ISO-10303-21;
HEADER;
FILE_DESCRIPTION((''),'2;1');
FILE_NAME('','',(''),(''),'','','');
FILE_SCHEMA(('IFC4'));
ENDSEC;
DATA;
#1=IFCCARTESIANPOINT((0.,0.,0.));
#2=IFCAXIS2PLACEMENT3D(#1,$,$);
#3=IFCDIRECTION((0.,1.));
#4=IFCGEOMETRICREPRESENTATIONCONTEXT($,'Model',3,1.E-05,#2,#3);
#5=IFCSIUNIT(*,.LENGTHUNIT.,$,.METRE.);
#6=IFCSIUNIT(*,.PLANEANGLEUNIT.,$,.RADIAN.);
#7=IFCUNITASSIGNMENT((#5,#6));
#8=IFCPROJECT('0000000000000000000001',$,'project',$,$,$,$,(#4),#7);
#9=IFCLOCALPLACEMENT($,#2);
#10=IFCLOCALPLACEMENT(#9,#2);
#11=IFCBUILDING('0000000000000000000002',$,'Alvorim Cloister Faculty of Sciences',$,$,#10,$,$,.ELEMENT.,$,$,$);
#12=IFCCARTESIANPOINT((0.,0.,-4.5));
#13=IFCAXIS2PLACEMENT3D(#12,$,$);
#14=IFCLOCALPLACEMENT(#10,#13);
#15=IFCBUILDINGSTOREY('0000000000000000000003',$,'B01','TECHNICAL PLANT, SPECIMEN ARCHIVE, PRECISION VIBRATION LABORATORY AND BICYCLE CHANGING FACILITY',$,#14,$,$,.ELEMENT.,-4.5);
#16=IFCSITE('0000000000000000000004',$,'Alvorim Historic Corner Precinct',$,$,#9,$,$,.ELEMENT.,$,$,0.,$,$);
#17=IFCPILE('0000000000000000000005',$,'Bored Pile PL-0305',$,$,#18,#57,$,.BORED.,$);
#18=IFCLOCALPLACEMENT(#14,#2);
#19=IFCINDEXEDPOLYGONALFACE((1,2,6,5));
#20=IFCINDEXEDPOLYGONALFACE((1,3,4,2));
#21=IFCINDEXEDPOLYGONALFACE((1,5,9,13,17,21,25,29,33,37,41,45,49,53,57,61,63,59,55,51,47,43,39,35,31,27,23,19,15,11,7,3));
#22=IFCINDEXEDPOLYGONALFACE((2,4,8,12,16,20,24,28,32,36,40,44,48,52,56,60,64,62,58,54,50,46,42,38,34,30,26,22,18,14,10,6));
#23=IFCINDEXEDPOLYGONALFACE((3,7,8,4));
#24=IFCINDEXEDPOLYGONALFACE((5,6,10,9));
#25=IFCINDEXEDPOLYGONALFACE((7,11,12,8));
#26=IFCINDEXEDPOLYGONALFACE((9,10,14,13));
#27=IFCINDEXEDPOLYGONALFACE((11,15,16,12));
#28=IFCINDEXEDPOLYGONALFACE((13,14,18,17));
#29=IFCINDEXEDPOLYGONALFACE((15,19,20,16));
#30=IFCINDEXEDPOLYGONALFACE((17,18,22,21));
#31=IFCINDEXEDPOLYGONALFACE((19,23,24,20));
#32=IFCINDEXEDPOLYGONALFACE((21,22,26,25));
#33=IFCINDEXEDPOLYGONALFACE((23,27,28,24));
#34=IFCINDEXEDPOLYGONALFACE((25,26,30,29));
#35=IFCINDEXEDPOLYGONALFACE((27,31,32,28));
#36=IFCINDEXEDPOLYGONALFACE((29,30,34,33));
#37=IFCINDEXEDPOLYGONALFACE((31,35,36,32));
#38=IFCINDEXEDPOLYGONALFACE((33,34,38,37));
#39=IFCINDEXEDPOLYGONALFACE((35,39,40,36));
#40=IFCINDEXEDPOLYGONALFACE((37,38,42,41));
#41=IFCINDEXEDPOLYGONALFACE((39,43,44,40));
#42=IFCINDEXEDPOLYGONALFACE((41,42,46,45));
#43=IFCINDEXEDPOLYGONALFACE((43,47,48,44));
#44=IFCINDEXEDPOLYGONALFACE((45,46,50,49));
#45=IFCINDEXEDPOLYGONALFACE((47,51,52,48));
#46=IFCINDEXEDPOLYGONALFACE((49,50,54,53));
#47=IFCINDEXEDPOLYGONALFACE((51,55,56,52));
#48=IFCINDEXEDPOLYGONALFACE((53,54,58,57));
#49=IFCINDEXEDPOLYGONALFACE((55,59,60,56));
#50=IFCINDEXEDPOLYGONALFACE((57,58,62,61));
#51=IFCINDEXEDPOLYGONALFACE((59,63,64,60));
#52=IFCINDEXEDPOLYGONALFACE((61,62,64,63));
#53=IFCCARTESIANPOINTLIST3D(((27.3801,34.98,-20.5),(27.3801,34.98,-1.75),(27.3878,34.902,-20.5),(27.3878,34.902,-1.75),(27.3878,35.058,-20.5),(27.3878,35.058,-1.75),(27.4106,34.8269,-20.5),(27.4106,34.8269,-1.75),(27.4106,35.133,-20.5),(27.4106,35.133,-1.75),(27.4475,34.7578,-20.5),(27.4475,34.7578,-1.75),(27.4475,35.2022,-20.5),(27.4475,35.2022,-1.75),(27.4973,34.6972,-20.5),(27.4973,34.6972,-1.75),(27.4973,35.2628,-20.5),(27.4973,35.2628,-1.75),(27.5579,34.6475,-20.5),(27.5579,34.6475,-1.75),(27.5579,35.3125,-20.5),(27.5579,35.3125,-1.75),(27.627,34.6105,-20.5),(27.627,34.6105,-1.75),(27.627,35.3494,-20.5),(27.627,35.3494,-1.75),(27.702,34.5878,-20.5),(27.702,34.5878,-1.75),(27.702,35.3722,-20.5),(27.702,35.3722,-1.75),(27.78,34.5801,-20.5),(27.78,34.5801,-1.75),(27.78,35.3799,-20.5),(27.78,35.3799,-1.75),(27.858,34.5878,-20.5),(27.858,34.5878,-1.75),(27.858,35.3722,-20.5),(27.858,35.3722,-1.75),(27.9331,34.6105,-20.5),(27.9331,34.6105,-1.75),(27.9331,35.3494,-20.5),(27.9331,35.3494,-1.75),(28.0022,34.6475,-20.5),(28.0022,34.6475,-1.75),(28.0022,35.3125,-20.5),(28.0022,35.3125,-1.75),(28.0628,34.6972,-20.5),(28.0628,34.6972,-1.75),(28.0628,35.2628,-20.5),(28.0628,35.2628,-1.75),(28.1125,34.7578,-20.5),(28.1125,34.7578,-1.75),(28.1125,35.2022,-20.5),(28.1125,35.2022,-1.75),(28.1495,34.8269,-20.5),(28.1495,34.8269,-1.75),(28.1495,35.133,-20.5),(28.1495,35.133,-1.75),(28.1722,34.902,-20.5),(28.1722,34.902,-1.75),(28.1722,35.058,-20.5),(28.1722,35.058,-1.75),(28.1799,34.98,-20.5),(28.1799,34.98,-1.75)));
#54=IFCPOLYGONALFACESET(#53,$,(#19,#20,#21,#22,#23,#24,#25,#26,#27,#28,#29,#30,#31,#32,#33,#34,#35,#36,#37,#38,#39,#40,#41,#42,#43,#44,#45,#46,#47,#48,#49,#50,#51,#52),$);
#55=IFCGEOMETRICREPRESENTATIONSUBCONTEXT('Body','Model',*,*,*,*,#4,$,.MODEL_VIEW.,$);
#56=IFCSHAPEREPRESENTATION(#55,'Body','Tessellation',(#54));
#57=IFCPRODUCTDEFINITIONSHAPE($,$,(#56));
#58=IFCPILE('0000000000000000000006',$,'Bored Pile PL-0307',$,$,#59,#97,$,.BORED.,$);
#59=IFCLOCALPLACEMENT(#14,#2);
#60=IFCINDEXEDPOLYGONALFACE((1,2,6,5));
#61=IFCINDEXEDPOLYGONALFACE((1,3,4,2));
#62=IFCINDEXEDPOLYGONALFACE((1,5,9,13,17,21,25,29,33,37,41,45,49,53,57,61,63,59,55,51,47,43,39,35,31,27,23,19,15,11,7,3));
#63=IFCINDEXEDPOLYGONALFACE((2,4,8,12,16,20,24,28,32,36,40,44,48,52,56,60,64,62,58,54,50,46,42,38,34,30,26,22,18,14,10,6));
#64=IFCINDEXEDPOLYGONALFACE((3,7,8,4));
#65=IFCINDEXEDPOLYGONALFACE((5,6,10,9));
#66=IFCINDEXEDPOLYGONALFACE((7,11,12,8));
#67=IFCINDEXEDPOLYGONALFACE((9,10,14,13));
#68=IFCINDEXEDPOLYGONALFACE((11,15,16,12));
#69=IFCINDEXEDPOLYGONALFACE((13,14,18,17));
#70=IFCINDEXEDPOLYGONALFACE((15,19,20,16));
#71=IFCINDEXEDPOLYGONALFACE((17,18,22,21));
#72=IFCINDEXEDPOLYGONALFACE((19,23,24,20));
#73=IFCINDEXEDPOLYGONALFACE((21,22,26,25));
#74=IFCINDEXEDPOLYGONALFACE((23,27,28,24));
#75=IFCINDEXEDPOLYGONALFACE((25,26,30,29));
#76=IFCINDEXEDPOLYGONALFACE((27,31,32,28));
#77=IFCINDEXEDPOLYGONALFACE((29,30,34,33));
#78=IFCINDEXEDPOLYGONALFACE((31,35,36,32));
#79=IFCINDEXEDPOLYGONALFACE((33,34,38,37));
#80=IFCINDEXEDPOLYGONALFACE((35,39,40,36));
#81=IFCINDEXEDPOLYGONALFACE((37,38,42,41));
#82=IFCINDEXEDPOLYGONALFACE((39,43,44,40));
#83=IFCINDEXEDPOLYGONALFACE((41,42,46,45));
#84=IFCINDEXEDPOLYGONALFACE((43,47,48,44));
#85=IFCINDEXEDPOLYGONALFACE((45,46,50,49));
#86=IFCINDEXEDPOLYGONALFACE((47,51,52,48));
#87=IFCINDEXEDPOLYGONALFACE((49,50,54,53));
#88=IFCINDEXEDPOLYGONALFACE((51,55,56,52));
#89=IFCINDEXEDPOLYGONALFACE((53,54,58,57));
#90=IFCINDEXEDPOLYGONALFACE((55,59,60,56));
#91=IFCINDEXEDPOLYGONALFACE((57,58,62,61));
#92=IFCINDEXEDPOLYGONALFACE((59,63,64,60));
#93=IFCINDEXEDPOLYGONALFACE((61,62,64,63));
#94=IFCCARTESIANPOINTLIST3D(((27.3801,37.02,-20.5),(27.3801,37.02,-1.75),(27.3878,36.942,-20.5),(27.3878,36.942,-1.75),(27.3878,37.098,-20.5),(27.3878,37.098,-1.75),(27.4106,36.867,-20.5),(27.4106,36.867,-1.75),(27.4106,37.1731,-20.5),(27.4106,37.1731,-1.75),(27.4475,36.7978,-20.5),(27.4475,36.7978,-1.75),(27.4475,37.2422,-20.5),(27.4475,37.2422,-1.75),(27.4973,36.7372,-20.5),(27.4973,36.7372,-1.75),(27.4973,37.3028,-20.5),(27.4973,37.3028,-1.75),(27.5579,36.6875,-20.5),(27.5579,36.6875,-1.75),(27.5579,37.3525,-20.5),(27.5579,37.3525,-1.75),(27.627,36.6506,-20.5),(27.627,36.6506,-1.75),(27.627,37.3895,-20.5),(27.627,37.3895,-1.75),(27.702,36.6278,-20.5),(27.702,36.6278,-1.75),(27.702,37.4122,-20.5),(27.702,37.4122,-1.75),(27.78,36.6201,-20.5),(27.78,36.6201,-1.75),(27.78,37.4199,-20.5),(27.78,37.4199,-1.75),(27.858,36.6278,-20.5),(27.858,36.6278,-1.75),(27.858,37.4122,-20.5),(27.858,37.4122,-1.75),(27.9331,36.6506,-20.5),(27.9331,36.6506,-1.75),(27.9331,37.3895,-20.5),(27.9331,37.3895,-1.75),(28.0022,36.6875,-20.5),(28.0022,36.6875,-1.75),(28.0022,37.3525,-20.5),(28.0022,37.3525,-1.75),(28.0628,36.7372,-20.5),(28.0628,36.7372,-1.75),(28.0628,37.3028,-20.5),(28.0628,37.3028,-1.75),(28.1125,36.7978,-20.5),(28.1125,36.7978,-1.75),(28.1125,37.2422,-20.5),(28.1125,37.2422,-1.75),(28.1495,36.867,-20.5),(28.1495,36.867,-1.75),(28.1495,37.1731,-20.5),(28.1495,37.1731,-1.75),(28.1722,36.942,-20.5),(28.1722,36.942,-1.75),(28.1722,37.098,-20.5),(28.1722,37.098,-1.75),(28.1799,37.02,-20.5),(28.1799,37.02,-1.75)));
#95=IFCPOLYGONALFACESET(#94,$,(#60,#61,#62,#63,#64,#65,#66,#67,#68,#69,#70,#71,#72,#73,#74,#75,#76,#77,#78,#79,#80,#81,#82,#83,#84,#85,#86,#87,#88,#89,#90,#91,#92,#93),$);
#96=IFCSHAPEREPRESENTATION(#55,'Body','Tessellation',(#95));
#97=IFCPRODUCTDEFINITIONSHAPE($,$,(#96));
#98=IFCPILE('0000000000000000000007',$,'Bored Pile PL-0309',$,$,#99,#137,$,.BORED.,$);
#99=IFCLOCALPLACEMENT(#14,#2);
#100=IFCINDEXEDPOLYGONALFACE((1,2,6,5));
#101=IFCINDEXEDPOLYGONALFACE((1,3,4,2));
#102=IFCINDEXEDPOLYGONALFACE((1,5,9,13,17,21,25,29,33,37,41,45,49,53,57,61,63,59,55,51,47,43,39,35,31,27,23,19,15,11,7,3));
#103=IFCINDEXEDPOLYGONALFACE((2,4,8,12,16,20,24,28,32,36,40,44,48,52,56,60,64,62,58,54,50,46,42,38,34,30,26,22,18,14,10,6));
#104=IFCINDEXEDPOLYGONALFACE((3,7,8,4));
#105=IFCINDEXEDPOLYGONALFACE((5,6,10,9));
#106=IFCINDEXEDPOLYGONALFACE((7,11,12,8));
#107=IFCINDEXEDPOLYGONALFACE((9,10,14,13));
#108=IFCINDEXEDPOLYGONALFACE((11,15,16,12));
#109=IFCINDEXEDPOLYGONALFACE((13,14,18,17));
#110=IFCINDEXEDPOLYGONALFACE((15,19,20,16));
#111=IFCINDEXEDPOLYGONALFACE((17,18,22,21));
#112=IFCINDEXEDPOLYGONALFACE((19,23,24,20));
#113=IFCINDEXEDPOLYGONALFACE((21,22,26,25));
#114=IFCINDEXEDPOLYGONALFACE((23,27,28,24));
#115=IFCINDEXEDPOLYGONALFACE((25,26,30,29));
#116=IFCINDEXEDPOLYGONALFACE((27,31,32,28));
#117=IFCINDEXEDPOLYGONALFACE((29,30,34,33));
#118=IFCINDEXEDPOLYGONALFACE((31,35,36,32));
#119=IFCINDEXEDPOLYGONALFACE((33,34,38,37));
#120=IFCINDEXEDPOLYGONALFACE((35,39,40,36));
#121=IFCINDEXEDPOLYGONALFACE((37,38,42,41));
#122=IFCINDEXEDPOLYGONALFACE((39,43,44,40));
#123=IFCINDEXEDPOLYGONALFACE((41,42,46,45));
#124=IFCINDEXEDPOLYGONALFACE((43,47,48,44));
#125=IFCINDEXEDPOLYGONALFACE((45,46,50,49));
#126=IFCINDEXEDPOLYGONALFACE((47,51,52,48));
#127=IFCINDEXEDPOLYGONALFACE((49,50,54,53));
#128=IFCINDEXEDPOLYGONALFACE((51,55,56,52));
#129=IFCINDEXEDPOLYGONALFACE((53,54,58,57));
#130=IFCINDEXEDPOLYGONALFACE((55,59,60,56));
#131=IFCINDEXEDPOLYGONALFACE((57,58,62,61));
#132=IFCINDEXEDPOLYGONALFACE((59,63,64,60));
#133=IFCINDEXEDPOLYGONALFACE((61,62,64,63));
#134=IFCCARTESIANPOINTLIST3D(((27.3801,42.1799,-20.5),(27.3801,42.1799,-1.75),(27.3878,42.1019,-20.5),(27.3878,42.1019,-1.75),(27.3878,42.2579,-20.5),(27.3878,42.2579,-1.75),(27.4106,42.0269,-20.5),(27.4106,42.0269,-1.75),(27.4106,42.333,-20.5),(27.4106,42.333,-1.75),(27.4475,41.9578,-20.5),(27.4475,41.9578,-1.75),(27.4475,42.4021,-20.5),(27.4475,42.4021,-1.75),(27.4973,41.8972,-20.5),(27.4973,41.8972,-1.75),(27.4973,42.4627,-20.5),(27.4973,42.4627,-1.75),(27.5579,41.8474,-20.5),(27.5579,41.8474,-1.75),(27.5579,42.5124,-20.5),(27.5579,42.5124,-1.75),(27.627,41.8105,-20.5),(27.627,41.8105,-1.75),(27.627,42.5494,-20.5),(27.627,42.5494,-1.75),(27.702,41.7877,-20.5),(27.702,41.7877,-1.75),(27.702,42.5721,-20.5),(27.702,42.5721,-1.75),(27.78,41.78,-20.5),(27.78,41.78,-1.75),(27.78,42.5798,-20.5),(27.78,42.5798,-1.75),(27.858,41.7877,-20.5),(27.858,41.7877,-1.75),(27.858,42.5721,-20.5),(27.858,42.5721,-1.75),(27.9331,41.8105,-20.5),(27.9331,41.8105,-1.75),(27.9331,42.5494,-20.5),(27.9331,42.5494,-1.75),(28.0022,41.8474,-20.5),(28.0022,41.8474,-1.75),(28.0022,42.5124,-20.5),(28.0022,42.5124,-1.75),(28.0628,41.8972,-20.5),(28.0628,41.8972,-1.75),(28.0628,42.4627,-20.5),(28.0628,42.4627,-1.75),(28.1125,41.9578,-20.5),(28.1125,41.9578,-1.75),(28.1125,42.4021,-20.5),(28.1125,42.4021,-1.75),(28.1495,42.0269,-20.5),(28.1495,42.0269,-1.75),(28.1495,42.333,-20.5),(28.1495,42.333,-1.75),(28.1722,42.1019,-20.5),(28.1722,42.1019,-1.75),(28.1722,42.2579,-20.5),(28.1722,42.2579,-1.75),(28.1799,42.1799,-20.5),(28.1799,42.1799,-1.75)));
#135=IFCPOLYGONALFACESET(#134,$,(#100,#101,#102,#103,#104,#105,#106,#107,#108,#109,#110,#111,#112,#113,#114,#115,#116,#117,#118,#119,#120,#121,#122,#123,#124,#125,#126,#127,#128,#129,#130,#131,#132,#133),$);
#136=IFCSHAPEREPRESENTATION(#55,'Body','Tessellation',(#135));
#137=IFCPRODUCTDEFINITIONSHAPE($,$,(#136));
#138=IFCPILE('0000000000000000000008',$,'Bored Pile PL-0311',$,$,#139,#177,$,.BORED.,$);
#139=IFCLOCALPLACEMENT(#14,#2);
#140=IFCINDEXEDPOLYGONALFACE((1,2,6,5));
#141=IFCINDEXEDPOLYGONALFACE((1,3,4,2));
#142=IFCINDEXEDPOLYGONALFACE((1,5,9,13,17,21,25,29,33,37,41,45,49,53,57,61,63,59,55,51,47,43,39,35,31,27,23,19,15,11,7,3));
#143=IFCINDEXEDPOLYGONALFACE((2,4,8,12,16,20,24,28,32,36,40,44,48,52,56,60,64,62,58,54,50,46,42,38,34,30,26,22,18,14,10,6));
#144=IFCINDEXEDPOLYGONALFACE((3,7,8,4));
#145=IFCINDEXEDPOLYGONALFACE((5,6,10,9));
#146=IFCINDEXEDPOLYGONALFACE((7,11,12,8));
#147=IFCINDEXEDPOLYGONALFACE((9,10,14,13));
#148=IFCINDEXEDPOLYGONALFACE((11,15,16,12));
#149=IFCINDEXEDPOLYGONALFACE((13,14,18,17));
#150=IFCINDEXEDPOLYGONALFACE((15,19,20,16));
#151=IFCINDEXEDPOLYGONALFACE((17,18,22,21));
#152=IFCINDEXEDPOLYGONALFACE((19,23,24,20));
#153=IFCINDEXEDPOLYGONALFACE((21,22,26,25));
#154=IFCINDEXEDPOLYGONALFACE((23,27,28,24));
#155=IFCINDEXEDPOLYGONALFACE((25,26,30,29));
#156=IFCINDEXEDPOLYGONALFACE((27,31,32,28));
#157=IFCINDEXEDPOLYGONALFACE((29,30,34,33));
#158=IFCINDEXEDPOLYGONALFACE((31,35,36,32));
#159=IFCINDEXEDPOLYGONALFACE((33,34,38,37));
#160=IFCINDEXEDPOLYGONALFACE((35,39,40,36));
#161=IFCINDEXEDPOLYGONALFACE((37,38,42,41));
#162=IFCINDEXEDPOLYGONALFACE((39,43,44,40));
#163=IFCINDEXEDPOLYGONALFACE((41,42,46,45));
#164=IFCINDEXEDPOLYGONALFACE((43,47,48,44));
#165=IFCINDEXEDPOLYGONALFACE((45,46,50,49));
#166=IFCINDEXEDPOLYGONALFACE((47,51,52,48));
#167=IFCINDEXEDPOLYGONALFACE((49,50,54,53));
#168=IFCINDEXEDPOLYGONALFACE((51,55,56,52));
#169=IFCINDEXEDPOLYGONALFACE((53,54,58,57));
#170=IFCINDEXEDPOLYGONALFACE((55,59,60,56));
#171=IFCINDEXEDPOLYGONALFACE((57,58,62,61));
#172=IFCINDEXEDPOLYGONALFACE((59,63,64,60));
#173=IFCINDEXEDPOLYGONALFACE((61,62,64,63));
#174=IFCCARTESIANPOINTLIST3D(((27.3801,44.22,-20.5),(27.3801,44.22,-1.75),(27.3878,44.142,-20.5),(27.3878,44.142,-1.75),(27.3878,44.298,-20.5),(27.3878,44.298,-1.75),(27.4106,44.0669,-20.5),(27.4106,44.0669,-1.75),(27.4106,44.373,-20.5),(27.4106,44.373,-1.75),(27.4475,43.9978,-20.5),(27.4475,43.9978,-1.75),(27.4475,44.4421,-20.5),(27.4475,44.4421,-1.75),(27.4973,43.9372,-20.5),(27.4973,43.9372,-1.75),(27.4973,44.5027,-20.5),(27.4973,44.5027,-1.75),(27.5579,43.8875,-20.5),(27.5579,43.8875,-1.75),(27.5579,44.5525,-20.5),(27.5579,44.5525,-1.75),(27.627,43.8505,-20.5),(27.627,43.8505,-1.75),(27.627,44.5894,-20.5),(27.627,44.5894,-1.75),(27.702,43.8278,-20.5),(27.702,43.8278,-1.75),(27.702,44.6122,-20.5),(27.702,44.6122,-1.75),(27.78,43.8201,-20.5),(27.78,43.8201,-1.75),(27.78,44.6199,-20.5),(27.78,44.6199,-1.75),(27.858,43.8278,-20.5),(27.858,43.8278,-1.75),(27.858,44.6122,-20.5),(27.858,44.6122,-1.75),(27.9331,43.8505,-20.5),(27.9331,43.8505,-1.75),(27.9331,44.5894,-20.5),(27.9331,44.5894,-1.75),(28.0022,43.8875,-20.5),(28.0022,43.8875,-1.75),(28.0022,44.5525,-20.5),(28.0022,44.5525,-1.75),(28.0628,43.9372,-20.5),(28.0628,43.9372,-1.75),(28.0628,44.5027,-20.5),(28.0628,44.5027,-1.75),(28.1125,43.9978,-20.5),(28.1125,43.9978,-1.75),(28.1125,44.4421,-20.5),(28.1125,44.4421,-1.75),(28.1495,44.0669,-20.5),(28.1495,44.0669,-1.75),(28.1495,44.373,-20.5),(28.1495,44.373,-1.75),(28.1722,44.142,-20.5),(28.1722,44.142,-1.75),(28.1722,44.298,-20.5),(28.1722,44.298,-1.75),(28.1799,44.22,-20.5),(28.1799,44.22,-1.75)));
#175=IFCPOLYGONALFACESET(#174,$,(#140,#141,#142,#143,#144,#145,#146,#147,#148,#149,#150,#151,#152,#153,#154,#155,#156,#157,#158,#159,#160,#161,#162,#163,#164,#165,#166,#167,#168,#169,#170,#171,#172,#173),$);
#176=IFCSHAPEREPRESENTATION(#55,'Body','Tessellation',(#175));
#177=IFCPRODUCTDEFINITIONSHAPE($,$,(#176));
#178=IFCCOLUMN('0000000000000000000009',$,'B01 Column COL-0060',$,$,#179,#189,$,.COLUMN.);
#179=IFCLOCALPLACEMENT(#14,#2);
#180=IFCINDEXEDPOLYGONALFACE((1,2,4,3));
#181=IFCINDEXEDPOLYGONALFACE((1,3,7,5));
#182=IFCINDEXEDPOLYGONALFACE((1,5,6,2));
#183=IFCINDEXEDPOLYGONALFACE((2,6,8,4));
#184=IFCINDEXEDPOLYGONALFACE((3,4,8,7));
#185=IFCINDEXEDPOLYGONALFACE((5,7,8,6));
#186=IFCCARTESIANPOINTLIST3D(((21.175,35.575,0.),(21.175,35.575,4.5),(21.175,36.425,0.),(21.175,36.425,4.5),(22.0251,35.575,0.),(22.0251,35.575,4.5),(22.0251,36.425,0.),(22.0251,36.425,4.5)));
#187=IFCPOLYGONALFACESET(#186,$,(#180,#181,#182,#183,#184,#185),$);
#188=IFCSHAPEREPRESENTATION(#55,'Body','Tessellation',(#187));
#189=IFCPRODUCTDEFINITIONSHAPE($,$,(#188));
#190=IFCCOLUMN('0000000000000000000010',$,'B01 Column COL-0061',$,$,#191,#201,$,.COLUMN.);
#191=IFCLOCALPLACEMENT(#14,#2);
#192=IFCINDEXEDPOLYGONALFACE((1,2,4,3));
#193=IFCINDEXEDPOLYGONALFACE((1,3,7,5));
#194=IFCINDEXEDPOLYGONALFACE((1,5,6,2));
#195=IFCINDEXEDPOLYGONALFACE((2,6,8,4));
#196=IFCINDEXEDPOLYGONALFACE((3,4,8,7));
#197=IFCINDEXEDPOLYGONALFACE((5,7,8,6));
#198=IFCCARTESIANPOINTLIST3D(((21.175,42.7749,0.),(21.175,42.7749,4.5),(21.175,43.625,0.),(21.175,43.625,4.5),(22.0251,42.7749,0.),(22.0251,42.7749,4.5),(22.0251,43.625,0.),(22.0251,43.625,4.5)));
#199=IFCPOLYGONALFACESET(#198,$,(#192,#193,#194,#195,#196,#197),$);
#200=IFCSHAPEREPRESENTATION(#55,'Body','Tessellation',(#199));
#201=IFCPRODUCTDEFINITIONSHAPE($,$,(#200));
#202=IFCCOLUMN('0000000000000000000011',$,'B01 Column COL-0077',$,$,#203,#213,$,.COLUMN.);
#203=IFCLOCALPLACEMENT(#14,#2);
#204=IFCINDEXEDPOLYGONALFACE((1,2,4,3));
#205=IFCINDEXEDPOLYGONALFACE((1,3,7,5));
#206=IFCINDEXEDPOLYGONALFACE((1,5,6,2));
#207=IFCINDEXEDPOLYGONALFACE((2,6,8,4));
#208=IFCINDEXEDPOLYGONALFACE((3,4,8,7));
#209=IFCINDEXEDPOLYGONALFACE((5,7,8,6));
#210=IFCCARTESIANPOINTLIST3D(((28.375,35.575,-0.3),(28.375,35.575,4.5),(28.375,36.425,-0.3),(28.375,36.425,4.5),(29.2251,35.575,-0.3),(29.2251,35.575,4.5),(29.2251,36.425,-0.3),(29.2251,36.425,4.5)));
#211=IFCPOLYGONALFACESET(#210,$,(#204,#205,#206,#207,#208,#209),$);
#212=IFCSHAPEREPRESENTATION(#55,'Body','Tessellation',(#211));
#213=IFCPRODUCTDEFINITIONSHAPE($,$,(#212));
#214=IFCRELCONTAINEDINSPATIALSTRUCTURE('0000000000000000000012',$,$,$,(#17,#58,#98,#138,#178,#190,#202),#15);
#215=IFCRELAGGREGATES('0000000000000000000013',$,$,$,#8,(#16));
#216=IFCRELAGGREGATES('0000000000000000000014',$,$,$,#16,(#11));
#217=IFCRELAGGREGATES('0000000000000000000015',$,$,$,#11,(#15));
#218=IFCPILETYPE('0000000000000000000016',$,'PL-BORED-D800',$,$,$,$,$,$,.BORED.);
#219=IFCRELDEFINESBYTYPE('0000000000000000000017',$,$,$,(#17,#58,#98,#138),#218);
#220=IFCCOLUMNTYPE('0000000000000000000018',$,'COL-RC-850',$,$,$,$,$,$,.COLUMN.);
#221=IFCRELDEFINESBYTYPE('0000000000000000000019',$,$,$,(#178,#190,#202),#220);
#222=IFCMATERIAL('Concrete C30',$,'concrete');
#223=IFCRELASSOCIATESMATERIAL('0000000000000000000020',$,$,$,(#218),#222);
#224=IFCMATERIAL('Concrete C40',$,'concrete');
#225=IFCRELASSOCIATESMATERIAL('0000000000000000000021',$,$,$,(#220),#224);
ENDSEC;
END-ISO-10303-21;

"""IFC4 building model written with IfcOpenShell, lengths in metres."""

from ifc_helpers import new_model, si_unit, direction, frame, origin, origin_2d, place, context, subcontext, project, spatial, rectangle, circle, extrude, material, material_profile, profile_set, type_object, element, save


model = new_model("IFC4")

# Units and contexts
model_context = context("Model", 3, precision=1e-05, world=origin(), true_north=direction((0.0, 1.0)))
body_context = subcontext(model_context, "Body", "Model", "MODEL_VIEW")
ifc_project = project(units=[si_unit("LENGTHUNIT", "METRE"), si_unit("PLANEANGLEUNIT", "RADIAN")], contexts=[model_context])

# Site, building, storey
site_placement = place(None, origin())
site = spatial("IfcSite", under=ifc_project, at=site_placement, Name="Alvorim Historic Corner Precinct", CompositionType="ELEMENT", RefElevation=0.0)
building_placement = place(site_placement, origin())
building = spatial("IfcBuilding", under=site, at=building_placement, Name="Alvorim Cloister Faculty of Sciences", CompositionType="ELEMENT")
storey_placement = place(building_placement, frame((0.0, 0.0, -4.5)))
storey = spatial("IfcBuildingStorey", under=building, at=storey_placement, Name="B01", Description="TECHNICAL PLANT, SPECIMEN ARCHIVE, PRECISION VIBRATION LABORATORY AND BICYCLE CHANGING FACILITY", CompositionType="ELEMENT", Elevation=-4.5)

# Shared definitions
ifc_material_1 = material(Name="Concrete C40", Category="concrete")

# Piles
ifc_material_2 = material(Name="Concrete C30", Category="concrete")
ifc_material_profile_1 = material_profile(ifc_material_2, circle(Radius=0.3999, at=origin_2d()), Name="PILE-D800")
ifc_profile_set_1 = profile_set([ifc_material_profile_1], Name="Concrete C30")
pile_type_1 = type_object("IfcPileType", Name="PL-BORED-D800", PredefinedType="BORED", material=ifc_profile_set_1)
for number, where, z_axis, x_axis, name in (
    (1, (27.78, 34.98, -1.75), (0.0, 0.0, -1.0), (1.0, 0.0, 0.0), "Bored Pile PL-0305"),
    (2, (27.78, 37.02, -1.75), (0.0, 0.0, -1.0), (1.0, 0.0, 0.0), "Bored Pile PL-0307"),
    (3, (27.78, 42.1799, -1.75), (0.0, 0.0, -1.0), (1.0, 0.0, 0.0), "Bored Pile PL-0309"),
    (4, (27.78, 44.22, -1.75), (0.0, 0.0, -1.0), (1.0, 0.0, 0.0), "Bored Pile PL-0311"),
):
    element("IfcPile", number, at=place(storey_placement, frame(where, z_axis=z_axis, x_axis=x_axis)), inside=storey, type_object=pile_type_1, Name=name, PredefinedType="BORED", context=body_context, shape_type="SweptSolid", body=[
        extrude(circle(Radius=0.3999, at=origin_2d()), origin(), (0.0, 0.0, 1.0), 18.75),
    ])

# Columns
ifc_material_profile_2 = material_profile(ifc_material_1, rectangle(XDim=0.8501, YDim=0.8501, at=origin_2d()), Name="RC40-COL-850x850")
ifc_profile_set_2 = profile_set([ifc_material_profile_2], Name="Concrete C40")
column_type = type_object("IfcColumnType", Name="COL-RC-850", PredefinedType="COLUMN", material=ifc_profile_set_2)
for number, where, z_axis, x_axis, name in (
    (5, (21.6001, 36.0, 0.0), (0.0, 0.0, 1.0), (1.0, 0.0, 0.0), "B01 Column COL-0060"),
    (6, (21.6001, 43.2, 0.0), (0.0, 0.0, 1.0), (1.0, 0.0, 0.0), "B01 Column COL-0061"),
):
    element("IfcColumn", number, at=place(storey_placement, frame(where, z_axis=z_axis, x_axis=x_axis)), inside=storey, type_object=column_type, Name=name, PredefinedType="COLUMN", context=body_context, shape_type="SweptSolid", body=[
        extrude(rectangle(XDim=0.8501, YDim=0.8501, at=origin_2d()), origin(), (0.0, 0.0, 1.0), 4.5),
    ])
for number, where, z_axis, x_axis, name in (
    (7, (28.8, 36.0, -0.3), (0.0, 0.0, 1.0), (1.0, 0.0, 0.0), "B01 Column COL-0077"),
):
    element("IfcColumn", number, at=place(storey_placement, frame(where, z_axis=z_axis, x_axis=x_axis)), inside=storey, type_object=column_type, Name=name, PredefinedType="COLUMN", context=body_context, shape_type="SweptSolid", body=[
        extrude(rectangle(XDim=0.8501, YDim=0.8501, at=origin_2d()), origin(), (0.0, 0.0, 1.0), 4.8),
    ])

save(model, "model.ifc")
